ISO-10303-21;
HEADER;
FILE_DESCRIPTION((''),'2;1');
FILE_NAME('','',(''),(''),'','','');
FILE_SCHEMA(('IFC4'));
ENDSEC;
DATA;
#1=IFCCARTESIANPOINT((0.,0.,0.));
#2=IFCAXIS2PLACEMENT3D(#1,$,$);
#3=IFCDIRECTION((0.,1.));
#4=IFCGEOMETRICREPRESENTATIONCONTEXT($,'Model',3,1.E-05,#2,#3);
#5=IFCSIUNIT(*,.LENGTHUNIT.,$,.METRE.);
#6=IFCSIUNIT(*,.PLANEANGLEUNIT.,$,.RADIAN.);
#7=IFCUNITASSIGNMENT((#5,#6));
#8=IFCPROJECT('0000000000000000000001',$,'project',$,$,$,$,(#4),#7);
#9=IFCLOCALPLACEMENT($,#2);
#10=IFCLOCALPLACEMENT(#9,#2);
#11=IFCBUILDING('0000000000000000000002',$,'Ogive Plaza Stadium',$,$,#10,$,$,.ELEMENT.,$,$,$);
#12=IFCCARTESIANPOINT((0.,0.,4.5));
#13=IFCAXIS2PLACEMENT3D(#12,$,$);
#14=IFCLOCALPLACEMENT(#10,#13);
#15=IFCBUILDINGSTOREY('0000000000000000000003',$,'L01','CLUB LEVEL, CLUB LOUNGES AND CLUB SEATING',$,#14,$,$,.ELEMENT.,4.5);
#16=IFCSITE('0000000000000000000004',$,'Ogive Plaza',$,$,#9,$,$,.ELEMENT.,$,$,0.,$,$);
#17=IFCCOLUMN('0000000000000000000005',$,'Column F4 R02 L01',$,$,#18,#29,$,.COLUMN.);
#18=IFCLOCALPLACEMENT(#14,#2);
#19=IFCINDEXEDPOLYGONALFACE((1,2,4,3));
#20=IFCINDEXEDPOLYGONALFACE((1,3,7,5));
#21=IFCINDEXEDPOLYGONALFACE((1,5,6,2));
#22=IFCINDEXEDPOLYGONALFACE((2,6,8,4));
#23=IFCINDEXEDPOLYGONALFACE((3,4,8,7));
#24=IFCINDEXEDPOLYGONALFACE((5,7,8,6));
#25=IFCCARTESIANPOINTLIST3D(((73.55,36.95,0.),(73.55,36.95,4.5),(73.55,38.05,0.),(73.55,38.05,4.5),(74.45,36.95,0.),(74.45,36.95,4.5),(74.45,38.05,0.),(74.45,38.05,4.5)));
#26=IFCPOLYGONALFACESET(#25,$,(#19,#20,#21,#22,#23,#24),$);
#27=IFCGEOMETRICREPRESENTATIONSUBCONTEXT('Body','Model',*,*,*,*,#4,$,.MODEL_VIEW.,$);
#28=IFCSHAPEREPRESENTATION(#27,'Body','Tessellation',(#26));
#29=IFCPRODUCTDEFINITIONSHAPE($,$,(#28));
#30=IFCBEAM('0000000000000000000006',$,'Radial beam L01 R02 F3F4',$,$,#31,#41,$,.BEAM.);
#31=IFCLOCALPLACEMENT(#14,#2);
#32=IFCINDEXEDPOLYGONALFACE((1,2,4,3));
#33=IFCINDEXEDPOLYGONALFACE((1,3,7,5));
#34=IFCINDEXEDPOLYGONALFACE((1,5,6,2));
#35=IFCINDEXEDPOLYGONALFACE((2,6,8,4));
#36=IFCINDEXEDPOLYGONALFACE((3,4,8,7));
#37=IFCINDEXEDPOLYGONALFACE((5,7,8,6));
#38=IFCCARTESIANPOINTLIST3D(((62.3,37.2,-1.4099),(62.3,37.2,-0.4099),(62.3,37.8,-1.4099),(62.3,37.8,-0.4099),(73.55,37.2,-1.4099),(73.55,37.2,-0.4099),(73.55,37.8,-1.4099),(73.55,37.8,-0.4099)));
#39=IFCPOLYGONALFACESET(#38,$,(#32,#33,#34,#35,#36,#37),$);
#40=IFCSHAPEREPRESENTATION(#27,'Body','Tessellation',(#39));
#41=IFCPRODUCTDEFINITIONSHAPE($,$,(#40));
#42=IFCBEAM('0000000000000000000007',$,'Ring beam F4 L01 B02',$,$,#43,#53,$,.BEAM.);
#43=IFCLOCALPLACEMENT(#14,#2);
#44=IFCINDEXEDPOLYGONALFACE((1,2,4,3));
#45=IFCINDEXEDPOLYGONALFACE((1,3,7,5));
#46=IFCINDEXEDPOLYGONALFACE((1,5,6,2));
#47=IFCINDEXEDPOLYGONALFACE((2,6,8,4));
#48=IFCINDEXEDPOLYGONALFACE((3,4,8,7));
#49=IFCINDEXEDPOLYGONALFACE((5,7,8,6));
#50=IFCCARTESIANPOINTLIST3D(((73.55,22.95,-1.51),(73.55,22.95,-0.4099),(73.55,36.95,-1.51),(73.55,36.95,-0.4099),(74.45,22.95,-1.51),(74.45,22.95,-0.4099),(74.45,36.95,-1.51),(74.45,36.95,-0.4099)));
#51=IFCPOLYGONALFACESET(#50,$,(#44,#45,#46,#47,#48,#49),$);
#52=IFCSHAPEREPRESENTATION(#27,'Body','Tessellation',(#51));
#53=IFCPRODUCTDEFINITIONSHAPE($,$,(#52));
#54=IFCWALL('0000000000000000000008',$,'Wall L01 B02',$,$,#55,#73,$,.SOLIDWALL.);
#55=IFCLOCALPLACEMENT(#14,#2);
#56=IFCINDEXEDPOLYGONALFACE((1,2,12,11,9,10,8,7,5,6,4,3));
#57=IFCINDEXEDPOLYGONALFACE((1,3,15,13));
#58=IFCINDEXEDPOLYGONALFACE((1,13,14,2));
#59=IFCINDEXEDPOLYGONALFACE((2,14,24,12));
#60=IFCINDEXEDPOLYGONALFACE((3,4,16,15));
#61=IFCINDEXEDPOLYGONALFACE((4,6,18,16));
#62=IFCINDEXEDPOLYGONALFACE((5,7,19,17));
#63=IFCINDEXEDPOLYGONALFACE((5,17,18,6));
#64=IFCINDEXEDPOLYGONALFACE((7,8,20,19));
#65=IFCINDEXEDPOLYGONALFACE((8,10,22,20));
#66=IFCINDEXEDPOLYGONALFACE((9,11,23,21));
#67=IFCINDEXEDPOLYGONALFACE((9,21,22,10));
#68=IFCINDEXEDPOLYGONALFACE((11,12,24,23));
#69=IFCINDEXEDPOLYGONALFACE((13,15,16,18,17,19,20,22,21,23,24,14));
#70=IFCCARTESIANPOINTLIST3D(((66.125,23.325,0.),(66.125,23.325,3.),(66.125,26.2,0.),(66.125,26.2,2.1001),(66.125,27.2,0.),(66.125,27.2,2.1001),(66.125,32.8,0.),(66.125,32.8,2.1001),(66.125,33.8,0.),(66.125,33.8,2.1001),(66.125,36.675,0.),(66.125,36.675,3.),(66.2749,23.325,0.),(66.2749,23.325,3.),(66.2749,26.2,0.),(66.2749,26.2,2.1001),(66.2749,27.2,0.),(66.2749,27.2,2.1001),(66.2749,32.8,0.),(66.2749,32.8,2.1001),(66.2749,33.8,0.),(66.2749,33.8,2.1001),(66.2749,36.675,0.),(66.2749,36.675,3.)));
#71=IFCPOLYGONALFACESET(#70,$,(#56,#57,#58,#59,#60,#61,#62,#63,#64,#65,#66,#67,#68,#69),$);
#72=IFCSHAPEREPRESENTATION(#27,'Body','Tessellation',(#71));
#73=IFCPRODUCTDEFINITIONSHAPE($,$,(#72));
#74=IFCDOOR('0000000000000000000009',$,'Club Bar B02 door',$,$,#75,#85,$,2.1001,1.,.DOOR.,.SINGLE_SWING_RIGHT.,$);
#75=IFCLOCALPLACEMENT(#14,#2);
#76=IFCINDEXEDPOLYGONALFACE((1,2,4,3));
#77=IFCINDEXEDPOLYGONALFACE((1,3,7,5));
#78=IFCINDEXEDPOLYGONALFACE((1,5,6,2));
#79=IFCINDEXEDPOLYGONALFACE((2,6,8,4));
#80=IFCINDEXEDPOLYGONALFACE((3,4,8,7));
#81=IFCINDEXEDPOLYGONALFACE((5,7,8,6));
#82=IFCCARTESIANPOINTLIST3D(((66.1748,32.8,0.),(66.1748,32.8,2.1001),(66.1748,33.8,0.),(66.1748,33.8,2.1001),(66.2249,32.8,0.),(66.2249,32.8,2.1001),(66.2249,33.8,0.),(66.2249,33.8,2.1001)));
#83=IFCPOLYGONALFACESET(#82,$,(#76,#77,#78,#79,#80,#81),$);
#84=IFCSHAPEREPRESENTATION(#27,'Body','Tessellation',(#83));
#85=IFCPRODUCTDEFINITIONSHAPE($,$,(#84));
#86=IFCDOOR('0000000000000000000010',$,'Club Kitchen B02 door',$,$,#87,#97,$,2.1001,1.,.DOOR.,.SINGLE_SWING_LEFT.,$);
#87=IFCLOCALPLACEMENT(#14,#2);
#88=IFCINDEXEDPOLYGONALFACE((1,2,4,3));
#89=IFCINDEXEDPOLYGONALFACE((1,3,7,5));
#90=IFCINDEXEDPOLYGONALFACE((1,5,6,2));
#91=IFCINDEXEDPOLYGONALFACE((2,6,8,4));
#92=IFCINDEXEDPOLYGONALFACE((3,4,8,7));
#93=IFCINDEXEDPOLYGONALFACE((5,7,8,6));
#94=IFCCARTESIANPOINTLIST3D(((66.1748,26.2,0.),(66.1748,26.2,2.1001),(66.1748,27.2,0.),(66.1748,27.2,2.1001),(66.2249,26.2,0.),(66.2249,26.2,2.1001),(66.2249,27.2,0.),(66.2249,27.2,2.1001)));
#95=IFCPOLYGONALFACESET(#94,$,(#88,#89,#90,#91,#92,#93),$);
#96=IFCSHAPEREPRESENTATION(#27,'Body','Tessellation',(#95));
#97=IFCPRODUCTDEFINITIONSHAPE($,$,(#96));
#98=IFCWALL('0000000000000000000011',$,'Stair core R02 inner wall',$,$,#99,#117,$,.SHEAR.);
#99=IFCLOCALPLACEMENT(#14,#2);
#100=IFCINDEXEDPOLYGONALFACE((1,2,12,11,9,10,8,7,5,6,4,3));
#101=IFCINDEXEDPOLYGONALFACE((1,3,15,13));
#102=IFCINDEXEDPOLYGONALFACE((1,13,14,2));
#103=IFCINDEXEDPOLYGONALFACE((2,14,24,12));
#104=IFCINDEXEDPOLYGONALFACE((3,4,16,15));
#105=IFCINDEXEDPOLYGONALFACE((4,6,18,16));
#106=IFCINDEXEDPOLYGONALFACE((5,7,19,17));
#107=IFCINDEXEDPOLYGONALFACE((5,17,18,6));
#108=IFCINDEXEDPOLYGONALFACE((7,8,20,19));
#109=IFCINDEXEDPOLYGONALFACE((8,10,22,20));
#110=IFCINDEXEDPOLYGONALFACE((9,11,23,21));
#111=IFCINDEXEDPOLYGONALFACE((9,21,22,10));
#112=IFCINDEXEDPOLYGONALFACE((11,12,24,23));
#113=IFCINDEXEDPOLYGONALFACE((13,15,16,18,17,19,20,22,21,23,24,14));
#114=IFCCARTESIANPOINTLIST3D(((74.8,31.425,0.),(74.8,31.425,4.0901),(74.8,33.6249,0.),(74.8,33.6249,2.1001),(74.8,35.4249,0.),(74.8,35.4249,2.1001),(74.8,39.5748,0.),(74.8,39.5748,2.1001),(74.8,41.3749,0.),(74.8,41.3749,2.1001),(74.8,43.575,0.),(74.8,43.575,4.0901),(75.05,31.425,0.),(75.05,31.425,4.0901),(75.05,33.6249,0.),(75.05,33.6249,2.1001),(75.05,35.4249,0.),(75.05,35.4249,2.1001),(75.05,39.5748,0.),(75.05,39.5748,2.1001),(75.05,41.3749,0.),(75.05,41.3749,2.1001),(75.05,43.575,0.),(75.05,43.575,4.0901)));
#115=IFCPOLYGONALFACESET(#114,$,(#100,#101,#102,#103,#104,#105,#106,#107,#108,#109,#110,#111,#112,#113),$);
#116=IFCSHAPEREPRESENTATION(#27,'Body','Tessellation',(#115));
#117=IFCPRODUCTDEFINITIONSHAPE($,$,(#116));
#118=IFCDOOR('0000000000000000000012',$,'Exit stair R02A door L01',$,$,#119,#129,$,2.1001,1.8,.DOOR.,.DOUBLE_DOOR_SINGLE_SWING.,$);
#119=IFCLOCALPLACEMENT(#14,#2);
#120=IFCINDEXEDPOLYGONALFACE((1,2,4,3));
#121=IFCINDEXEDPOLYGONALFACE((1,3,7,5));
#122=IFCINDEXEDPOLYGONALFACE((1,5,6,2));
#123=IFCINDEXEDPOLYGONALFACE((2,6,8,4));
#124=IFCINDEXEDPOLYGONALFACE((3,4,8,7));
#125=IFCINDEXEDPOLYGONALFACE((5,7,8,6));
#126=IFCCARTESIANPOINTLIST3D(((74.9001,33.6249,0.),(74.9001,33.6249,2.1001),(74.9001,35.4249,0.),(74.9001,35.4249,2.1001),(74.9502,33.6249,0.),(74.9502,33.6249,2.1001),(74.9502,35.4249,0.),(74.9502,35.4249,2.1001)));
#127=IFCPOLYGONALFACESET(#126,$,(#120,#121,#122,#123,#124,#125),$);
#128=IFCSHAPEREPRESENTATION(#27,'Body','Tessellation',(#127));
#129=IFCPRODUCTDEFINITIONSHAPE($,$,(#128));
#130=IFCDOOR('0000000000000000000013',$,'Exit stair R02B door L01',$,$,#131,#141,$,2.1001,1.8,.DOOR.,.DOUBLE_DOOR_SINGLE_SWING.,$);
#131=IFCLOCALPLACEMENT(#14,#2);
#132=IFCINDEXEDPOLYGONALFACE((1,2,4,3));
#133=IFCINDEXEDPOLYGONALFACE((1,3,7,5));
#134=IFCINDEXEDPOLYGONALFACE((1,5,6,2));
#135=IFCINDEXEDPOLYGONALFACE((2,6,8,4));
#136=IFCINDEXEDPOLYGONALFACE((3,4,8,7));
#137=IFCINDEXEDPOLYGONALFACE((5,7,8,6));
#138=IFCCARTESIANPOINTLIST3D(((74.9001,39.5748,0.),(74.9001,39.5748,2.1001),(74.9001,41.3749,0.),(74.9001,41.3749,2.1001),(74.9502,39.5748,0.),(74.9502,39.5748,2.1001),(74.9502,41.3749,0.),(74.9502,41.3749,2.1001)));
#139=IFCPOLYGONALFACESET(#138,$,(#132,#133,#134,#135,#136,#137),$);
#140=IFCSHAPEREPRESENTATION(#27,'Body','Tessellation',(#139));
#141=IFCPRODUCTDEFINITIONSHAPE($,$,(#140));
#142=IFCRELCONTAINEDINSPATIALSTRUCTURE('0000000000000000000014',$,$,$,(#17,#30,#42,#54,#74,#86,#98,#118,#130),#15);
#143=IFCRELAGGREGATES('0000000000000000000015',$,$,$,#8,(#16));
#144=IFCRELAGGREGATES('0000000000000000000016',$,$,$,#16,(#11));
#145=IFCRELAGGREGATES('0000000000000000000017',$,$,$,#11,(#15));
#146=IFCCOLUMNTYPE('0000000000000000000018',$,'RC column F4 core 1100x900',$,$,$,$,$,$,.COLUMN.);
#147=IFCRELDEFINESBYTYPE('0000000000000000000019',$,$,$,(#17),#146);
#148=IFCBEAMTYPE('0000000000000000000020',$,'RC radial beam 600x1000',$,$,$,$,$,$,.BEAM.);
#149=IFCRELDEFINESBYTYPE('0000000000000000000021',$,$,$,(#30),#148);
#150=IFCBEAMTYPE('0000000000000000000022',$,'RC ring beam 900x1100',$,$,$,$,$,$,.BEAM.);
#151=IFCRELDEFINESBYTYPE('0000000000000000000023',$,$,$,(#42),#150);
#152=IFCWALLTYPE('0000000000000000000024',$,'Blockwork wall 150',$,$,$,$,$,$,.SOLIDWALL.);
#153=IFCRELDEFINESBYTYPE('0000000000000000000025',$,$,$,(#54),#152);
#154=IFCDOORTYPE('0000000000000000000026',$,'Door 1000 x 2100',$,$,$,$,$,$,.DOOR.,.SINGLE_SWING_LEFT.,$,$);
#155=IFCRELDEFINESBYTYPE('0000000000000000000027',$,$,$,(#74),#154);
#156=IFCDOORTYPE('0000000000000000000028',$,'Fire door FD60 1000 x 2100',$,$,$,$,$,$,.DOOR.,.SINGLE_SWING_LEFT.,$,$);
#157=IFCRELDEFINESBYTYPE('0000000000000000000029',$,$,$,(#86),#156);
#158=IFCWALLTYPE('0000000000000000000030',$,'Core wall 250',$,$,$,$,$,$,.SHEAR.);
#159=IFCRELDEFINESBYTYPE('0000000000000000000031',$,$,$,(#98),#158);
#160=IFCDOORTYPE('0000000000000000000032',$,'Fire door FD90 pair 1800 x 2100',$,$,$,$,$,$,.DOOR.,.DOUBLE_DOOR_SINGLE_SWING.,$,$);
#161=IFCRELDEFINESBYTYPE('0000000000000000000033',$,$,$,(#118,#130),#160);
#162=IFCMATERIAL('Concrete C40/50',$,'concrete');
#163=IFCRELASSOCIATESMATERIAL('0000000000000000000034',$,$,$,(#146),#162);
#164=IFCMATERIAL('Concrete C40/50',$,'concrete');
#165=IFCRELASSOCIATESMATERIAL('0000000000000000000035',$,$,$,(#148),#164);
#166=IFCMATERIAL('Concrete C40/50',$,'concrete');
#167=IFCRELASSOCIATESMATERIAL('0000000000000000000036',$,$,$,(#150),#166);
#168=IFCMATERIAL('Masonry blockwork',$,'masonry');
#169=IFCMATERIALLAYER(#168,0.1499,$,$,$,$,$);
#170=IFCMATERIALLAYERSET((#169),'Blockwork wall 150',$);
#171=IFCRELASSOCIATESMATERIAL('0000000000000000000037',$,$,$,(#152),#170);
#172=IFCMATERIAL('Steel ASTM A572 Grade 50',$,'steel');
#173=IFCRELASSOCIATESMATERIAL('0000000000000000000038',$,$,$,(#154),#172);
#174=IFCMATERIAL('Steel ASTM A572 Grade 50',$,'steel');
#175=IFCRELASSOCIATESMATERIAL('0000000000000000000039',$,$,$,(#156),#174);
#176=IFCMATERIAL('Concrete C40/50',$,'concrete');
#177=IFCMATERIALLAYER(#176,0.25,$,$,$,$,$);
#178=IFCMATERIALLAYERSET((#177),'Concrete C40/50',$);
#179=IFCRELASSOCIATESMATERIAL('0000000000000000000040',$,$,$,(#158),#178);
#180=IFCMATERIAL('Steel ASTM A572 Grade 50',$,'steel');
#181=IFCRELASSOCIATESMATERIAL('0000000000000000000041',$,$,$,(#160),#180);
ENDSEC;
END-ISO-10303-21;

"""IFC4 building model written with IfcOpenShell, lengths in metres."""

from ifc_helpers import new_model, si_unit, direction, frame, frame_2d, origin, origin_2d, place, context, subcontext, project, spatial, rectangle, extrude, material, layer, layer_set, material_profile, profile_set, type_object, element, fill, save


model = new_model("IFC4")

# Units and contexts
model_context = context("Model", 3, precision=1e-05, world=origin(), true_north=direction((0.0, 1.0)))
body_context = subcontext(model_context, "Body", "Model", "MODEL_VIEW")
ifc_project = project(units=[si_unit("LENGTHUNIT", "METRE"), si_unit("PLANEANGLEUNIT", "RADIAN")], contexts=[model_context])

# Site, building, storey
site_placement = place(None, origin())
site = spatial("IfcSite", under=ifc_project, at=site_placement, Name="Ogive Plaza", CompositionType="ELEMENT", RefElevation=0.0)
building_placement = place(site_placement, origin())
building = spatial("IfcBuilding", under=site, at=building_placement, Name="Ogive Plaza Stadium", CompositionType="ELEMENT")
storey_placement = place(building_placement, frame((0.0, 0.0, 4.5)))
storey = spatial("IfcBuildingStorey", under=building, at=storey_placement, Name="L01", Description="CLUB LEVEL, CLUB LOUNGES AND CLUB SEATING", CompositionType="ELEMENT", Elevation=4.5)

# Column
ifc_material_1 = material(Name="Concrete C40/50", Category="concrete")
ifc_material_profile_1 = material_profile(ifc_material_1, rectangle(XDim=1.1001, YDim=0.8999, at=origin_2d()), Name="RC 1100x900")
ifc_profile_set_1 = profile_set([ifc_material_profile_1], Name="Concrete C40/50")
column_type = type_object("IfcColumnType", Name="RC column F4 core 1100x900", PredefinedType="COLUMN", material=ifc_profile_set_1)
column_placement = place(storey_placement, frame((74.0, 37.5, 0.0), z_axis=(0.0, 0.0, 1.0), x_axis=(0.0, 1.0, 0.0)))
element("IfcColumn", 1, at=column_placement, inside=storey, type_object=column_type, Name="Column F4 R02 L01", PredefinedType="COLUMN", context=body_context, shape_type="SweptSolid", body=[
    extrude(rectangle(XDim=1.1001, YDim=0.8999, at=origin_2d()), origin(), (0.0, 0.0, 1.0), 4.5),
])

# Beams
ifc_material_2 = material(Name="Concrete C40/50", Category="concrete")
ifc_material_profile_2 = material_profile(ifc_material_2, rectangle(XDim=0.6001, YDim=1.0, at=origin_2d()), Name="RC 600x1000")
ifc_profile_set_2 = profile_set([ifc_material_profile_2], Name="Concrete C40/50")
beam_type_1 = type_object("IfcBeamType", Name="RC radial beam 600x1000", PredefinedType="BEAM", material=ifc_profile_set_2)
beam_1_placement = place(storey_placement, frame((62.3, 37.5, -0.9099), z_axis=(1.0, 0.0, 0.0), x_axis=(0.0, 1.0, 0.0)))
element("IfcBeam", 2, at=beam_1_placement, inside=storey, type_object=beam_type_1, Name="Radial beam L01 R02 F3F4", PredefinedType="BEAM", context=body_context, shape_type="SweptSolid", body=[
    extrude(rectangle(XDim=0.6001, YDim=1.0, at=origin_2d()), origin(), (0.0, 0.0, 1.0), 11.25),
])
ifc_material_3 = material(Name="Concrete C40/50", Category="concrete")
ifc_material_profile_3 = material_profile(ifc_material_3, rectangle(XDim=0.8999, YDim=1.1001, at=origin_2d()), Name="RC 900x1100")
ifc_profile_set_3 = profile_set([ifc_material_profile_3], Name="Concrete C40/50")
beam_type_2 = type_object("IfcBeamType", Name="RC ring beam 900x1100", PredefinedType="BEAM", material=ifc_profile_set_3)
beam_2_placement = place(storey_placement, frame((74.0, 36.95, -0.96), z_axis=(0.0, -1.0, 0.0), x_axis=(1.0, 0.0, 0.0)))
element("IfcBeam", 3, at=beam_2_placement, inside=storey, type_object=beam_type_2, Name="Ring beam F4 L01 B02", PredefinedType="BEAM", context=body_context, shape_type="SweptSolid", body=[
    extrude(rectangle(XDim=0.8999, YDim=1.1001, at=origin_2d()), origin(), (0.0, 0.0, 1.0), 14.0),
])

# Walls, openings, doors
ifc_material_4 = material(Name="Masonry blockwork", Category="masonry")
ifc_layer_1 = layer(ifc_material_4, 0.1499)
ifc_layer_set_1 = layer_set([ifc_layer_1], Name="Blockwork wall 150")
wall_type_1 = type_object("IfcWallType", Name="Blockwork wall 150", PredefinedType="SOLIDWALL", material=ifc_layer_set_1)
wall_1_placement = place(storey_placement, frame((66.2, 36.675, 0.0), z_axis=(0.0, 0.0, 1.0), x_axis=(0.0, -1.0, 0.0)))
wall_1 = element("IfcWall", 4, at=wall_1_placement, inside=storey, type_object=wall_type_1, Name="Wall L01 B02", PredefinedType="SOLIDWALL", context=body_context, shape_type="SweptSolid", body=[
    extrude(rectangle(XDim=13.3501, YDim=0.1499, at=frame_2d((6.675, 0.0))), origin(), (0.0, 0.0, 1.0), 3.0),
])
opening_1_placement = place(wall_1_placement, frame((2.875, 0.0, 0.0)))
opening_1 = element("IfcOpeningElement", 5, at=opening_1_placement, cuts=wall_1, PredefinedType="OPENING", context=body_context, shape_type="SweptSolid", body=[
    extrude(rectangle(XDim=1.0, YDim=2.1001, at=frame_2d((0.5, 1.05))), frame((0.0, 0.075, 0.0), z_axis=(0.0, -1.0, 0.0), x_axis=(1.0, 0.0, 0.0)), (0.0, 0.0, 1.0), 0.1499),
])
opening_2_placement = place(wall_1_placement, frame((9.4751, 0.0, 0.0)))
opening_2 = element("IfcOpeningElement", 6, at=opening_2_placement, cuts=wall_1, PredefinedType="OPENING", context=body_context, shape_type="SweptSolid", body=[
    extrude(rectangle(XDim=1.0, YDim=2.1001, at=frame_2d((0.5, 1.05))), frame((0.0, 0.075, 0.0), z_axis=(0.0, -1.0, 0.0), x_axis=(1.0, 0.0, 0.0)), (0.0, 0.0, 1.0), 0.1499),
])
ifc_material_5 = material(Name="Steel ASTM A572 Grade 50", Category="steel")
door_type_1 = type_object("IfcDoorType", Name="Door 1000 x 2100", OperationType="SINGLE_SWING_LEFT", PredefinedType="DOOR", material=ifc_material_5)
door_1_placement = place(opening_1_placement, origin())
door_1 = element("IfcDoor", 7, at=door_1_placement, inside=storey, type_object=door_type_1, Name="Club Bar B02 door", OperationType="SINGLE_SWING_RIGHT", OverallHeight=2.1001, OverallWidth=1.0, PredefinedType="DOOR", context=body_context, shape_type="SweptSolid", body=[
    extrude(rectangle(XDim=1.0, YDim=2.1001, at=frame_2d((0.5, 1.05))), frame((0.0, 0.0249, 0.0), z_axis=(0.0, -1.0, 0.0), x_axis=(1.0, 0.0, 0.0)), (0.0, 0.0, 1.0), 0.05),
])
fill(opening_1, door_1)
ifc_material_6 = material(Name="Steel ASTM A572 Grade 50", Category="steel")
door_type_2 = type_object("IfcDoorType", Name="Fire door FD60 1000 x 2100", OperationType="SINGLE_SWING_LEFT", PredefinedType="DOOR", material=ifc_material_6)
door_2_placement = place(opening_2_placement, origin())
door_2 = element("IfcDoor", 8, at=door_2_placement, inside=storey, type_object=door_type_2, Name="Club Kitchen B02 door", OperationType="SINGLE_SWING_LEFT", OverallHeight=2.1001, OverallWidth=1.0, PredefinedType="DOOR", context=body_context, shape_type="SweptSolid", body=[
    extrude(rectangle(XDim=1.0, YDim=2.1001, at=frame_2d((0.5, 1.05))), frame((0.0, 0.0249, 0.0), z_axis=(0.0, -1.0, 0.0), x_axis=(1.0, 0.0, 0.0)), (0.0, 0.0, 1.0), 0.05),
])
fill(opening_2, door_2)
ifc_material_7 = material(Name="Concrete C40/50", Category="concrete")
ifc_layer_2 = layer(ifc_material_7, 0.25)
ifc_layer_set_2 = layer_set([ifc_layer_2], Name="Concrete C40/50")
wall_type_2 = type_object("IfcWallType", Name="Core wall 250", PredefinedType="SHEAR", material=ifc_layer_set_2)
wall_2_placement = place(storey_placement, frame((74.925, 31.425, 0.0), z_axis=(0.0, 0.0, 1.0), x_axis=(0.0, 1.0, 0.0)))
wall_2 = element("IfcWall", 9, at=wall_2_placement, inside=storey, type_object=wall_type_2, Name="Stair core R02 inner wall", PredefinedType="SHEAR", context=body_context, shape_type="SweptSolid", body=[
    extrude(rectangle(XDim=12.1499, YDim=0.25, at=frame_2d((6.075, 0.0))), origin(), (0.0, 0.0, 1.0), 4.0901),
])
opening_3_placement = place(wall_2_placement, frame((2.2, 0.0, 0.0)))
opening_3 = element("IfcOpeningElement", 10, at=opening_3_placement, cuts=wall_2, PredefinedType="OPENING", context=body_context, shape_type="SweptSolid", body=[
    extrude(rectangle(XDim=1.8, YDim=2.1001, at=frame_2d((0.8999, 1.05))), frame((0.0, 0.125, 0.0), z_axis=(0.0, -1.0, 0.0), x_axis=(1.0, 0.0, 0.0)), (0.0, 0.0, 1.0), 0.25),
])
opening_4_placement = place(wall_2_placement, frame((8.1499, 0.0, 0.0)))
opening_4 = element("IfcOpeningElement", 11, at=opening_4_placement, cuts=wall_2, PredefinedType="OPENING", context=body_context, shape_type="SweptSolid", body=[
    extrude(rectangle(XDim=1.8, YDim=2.1001, at=frame_2d((0.8999, 1.05))), frame((0.0, 0.125, 0.0), z_axis=(0.0, -1.0, 0.0), x_axis=(1.0, 0.0, 0.0)), (0.0, 0.0, 1.0), 0.25),
])
ifc_material_8 = material(Name="Steel ASTM A572 Grade 50", Category="steel")
door_type_3 = type_object("IfcDoorType", Name="Fire door FD90 pair 1800 x 2100", OperationType="DOUBLE_DOOR_SINGLE_SWING", PredefinedType="DOOR", material=ifc_material_8)
door_3_placement = place(opening_3_placement, origin())
door_3 = element("IfcDoor", 12, at=door_3_placement, inside=storey, type_object=door_type_3, Name="Exit stair R02A door L01", OperationType="DOUBLE_DOOR_SINGLE_SWING", OverallHeight=2.1001, OverallWidth=1.8, PredefinedType="DOOR", context=body_context, shape_type="SweptSolid", body=[
    extrude(rectangle(XDim=1.8, YDim=2.1001, at=frame_2d((0.8999, 1.05))), frame((0.0, 0.0249, 0.0), z_axis=(0.0, -1.0, 0.0), x_axis=(1.0, 0.0, 0.0)), (0.0, 0.0, 1.0), 0.05),
])
fill(opening_3, door_3)
door_4_placement = place(opening_4_placement, origin())
door_4 = element("IfcDoor", 13, at=door_4_placement, inside=storey, type_object=door_type_3, Name="Exit stair R02B door L01", OperationType="DOUBLE_DOOR_SINGLE_SWING", OverallHeight=2.1001, OverallWidth=1.8, PredefinedType="DOOR", context=body_context, shape_type="SweptSolid", body=[
    extrude(rectangle(XDim=1.8, YDim=2.1001, at=frame_2d((0.8999, 1.05))), frame((0.0, 0.0249, 0.0), z_axis=(0.0, -1.0, 0.0), x_axis=(1.0, 0.0, 0.0)), (0.0, 0.0, 1.0), 0.05),
])
fill(opening_4, door_4)

save(model, "model.ifc")
